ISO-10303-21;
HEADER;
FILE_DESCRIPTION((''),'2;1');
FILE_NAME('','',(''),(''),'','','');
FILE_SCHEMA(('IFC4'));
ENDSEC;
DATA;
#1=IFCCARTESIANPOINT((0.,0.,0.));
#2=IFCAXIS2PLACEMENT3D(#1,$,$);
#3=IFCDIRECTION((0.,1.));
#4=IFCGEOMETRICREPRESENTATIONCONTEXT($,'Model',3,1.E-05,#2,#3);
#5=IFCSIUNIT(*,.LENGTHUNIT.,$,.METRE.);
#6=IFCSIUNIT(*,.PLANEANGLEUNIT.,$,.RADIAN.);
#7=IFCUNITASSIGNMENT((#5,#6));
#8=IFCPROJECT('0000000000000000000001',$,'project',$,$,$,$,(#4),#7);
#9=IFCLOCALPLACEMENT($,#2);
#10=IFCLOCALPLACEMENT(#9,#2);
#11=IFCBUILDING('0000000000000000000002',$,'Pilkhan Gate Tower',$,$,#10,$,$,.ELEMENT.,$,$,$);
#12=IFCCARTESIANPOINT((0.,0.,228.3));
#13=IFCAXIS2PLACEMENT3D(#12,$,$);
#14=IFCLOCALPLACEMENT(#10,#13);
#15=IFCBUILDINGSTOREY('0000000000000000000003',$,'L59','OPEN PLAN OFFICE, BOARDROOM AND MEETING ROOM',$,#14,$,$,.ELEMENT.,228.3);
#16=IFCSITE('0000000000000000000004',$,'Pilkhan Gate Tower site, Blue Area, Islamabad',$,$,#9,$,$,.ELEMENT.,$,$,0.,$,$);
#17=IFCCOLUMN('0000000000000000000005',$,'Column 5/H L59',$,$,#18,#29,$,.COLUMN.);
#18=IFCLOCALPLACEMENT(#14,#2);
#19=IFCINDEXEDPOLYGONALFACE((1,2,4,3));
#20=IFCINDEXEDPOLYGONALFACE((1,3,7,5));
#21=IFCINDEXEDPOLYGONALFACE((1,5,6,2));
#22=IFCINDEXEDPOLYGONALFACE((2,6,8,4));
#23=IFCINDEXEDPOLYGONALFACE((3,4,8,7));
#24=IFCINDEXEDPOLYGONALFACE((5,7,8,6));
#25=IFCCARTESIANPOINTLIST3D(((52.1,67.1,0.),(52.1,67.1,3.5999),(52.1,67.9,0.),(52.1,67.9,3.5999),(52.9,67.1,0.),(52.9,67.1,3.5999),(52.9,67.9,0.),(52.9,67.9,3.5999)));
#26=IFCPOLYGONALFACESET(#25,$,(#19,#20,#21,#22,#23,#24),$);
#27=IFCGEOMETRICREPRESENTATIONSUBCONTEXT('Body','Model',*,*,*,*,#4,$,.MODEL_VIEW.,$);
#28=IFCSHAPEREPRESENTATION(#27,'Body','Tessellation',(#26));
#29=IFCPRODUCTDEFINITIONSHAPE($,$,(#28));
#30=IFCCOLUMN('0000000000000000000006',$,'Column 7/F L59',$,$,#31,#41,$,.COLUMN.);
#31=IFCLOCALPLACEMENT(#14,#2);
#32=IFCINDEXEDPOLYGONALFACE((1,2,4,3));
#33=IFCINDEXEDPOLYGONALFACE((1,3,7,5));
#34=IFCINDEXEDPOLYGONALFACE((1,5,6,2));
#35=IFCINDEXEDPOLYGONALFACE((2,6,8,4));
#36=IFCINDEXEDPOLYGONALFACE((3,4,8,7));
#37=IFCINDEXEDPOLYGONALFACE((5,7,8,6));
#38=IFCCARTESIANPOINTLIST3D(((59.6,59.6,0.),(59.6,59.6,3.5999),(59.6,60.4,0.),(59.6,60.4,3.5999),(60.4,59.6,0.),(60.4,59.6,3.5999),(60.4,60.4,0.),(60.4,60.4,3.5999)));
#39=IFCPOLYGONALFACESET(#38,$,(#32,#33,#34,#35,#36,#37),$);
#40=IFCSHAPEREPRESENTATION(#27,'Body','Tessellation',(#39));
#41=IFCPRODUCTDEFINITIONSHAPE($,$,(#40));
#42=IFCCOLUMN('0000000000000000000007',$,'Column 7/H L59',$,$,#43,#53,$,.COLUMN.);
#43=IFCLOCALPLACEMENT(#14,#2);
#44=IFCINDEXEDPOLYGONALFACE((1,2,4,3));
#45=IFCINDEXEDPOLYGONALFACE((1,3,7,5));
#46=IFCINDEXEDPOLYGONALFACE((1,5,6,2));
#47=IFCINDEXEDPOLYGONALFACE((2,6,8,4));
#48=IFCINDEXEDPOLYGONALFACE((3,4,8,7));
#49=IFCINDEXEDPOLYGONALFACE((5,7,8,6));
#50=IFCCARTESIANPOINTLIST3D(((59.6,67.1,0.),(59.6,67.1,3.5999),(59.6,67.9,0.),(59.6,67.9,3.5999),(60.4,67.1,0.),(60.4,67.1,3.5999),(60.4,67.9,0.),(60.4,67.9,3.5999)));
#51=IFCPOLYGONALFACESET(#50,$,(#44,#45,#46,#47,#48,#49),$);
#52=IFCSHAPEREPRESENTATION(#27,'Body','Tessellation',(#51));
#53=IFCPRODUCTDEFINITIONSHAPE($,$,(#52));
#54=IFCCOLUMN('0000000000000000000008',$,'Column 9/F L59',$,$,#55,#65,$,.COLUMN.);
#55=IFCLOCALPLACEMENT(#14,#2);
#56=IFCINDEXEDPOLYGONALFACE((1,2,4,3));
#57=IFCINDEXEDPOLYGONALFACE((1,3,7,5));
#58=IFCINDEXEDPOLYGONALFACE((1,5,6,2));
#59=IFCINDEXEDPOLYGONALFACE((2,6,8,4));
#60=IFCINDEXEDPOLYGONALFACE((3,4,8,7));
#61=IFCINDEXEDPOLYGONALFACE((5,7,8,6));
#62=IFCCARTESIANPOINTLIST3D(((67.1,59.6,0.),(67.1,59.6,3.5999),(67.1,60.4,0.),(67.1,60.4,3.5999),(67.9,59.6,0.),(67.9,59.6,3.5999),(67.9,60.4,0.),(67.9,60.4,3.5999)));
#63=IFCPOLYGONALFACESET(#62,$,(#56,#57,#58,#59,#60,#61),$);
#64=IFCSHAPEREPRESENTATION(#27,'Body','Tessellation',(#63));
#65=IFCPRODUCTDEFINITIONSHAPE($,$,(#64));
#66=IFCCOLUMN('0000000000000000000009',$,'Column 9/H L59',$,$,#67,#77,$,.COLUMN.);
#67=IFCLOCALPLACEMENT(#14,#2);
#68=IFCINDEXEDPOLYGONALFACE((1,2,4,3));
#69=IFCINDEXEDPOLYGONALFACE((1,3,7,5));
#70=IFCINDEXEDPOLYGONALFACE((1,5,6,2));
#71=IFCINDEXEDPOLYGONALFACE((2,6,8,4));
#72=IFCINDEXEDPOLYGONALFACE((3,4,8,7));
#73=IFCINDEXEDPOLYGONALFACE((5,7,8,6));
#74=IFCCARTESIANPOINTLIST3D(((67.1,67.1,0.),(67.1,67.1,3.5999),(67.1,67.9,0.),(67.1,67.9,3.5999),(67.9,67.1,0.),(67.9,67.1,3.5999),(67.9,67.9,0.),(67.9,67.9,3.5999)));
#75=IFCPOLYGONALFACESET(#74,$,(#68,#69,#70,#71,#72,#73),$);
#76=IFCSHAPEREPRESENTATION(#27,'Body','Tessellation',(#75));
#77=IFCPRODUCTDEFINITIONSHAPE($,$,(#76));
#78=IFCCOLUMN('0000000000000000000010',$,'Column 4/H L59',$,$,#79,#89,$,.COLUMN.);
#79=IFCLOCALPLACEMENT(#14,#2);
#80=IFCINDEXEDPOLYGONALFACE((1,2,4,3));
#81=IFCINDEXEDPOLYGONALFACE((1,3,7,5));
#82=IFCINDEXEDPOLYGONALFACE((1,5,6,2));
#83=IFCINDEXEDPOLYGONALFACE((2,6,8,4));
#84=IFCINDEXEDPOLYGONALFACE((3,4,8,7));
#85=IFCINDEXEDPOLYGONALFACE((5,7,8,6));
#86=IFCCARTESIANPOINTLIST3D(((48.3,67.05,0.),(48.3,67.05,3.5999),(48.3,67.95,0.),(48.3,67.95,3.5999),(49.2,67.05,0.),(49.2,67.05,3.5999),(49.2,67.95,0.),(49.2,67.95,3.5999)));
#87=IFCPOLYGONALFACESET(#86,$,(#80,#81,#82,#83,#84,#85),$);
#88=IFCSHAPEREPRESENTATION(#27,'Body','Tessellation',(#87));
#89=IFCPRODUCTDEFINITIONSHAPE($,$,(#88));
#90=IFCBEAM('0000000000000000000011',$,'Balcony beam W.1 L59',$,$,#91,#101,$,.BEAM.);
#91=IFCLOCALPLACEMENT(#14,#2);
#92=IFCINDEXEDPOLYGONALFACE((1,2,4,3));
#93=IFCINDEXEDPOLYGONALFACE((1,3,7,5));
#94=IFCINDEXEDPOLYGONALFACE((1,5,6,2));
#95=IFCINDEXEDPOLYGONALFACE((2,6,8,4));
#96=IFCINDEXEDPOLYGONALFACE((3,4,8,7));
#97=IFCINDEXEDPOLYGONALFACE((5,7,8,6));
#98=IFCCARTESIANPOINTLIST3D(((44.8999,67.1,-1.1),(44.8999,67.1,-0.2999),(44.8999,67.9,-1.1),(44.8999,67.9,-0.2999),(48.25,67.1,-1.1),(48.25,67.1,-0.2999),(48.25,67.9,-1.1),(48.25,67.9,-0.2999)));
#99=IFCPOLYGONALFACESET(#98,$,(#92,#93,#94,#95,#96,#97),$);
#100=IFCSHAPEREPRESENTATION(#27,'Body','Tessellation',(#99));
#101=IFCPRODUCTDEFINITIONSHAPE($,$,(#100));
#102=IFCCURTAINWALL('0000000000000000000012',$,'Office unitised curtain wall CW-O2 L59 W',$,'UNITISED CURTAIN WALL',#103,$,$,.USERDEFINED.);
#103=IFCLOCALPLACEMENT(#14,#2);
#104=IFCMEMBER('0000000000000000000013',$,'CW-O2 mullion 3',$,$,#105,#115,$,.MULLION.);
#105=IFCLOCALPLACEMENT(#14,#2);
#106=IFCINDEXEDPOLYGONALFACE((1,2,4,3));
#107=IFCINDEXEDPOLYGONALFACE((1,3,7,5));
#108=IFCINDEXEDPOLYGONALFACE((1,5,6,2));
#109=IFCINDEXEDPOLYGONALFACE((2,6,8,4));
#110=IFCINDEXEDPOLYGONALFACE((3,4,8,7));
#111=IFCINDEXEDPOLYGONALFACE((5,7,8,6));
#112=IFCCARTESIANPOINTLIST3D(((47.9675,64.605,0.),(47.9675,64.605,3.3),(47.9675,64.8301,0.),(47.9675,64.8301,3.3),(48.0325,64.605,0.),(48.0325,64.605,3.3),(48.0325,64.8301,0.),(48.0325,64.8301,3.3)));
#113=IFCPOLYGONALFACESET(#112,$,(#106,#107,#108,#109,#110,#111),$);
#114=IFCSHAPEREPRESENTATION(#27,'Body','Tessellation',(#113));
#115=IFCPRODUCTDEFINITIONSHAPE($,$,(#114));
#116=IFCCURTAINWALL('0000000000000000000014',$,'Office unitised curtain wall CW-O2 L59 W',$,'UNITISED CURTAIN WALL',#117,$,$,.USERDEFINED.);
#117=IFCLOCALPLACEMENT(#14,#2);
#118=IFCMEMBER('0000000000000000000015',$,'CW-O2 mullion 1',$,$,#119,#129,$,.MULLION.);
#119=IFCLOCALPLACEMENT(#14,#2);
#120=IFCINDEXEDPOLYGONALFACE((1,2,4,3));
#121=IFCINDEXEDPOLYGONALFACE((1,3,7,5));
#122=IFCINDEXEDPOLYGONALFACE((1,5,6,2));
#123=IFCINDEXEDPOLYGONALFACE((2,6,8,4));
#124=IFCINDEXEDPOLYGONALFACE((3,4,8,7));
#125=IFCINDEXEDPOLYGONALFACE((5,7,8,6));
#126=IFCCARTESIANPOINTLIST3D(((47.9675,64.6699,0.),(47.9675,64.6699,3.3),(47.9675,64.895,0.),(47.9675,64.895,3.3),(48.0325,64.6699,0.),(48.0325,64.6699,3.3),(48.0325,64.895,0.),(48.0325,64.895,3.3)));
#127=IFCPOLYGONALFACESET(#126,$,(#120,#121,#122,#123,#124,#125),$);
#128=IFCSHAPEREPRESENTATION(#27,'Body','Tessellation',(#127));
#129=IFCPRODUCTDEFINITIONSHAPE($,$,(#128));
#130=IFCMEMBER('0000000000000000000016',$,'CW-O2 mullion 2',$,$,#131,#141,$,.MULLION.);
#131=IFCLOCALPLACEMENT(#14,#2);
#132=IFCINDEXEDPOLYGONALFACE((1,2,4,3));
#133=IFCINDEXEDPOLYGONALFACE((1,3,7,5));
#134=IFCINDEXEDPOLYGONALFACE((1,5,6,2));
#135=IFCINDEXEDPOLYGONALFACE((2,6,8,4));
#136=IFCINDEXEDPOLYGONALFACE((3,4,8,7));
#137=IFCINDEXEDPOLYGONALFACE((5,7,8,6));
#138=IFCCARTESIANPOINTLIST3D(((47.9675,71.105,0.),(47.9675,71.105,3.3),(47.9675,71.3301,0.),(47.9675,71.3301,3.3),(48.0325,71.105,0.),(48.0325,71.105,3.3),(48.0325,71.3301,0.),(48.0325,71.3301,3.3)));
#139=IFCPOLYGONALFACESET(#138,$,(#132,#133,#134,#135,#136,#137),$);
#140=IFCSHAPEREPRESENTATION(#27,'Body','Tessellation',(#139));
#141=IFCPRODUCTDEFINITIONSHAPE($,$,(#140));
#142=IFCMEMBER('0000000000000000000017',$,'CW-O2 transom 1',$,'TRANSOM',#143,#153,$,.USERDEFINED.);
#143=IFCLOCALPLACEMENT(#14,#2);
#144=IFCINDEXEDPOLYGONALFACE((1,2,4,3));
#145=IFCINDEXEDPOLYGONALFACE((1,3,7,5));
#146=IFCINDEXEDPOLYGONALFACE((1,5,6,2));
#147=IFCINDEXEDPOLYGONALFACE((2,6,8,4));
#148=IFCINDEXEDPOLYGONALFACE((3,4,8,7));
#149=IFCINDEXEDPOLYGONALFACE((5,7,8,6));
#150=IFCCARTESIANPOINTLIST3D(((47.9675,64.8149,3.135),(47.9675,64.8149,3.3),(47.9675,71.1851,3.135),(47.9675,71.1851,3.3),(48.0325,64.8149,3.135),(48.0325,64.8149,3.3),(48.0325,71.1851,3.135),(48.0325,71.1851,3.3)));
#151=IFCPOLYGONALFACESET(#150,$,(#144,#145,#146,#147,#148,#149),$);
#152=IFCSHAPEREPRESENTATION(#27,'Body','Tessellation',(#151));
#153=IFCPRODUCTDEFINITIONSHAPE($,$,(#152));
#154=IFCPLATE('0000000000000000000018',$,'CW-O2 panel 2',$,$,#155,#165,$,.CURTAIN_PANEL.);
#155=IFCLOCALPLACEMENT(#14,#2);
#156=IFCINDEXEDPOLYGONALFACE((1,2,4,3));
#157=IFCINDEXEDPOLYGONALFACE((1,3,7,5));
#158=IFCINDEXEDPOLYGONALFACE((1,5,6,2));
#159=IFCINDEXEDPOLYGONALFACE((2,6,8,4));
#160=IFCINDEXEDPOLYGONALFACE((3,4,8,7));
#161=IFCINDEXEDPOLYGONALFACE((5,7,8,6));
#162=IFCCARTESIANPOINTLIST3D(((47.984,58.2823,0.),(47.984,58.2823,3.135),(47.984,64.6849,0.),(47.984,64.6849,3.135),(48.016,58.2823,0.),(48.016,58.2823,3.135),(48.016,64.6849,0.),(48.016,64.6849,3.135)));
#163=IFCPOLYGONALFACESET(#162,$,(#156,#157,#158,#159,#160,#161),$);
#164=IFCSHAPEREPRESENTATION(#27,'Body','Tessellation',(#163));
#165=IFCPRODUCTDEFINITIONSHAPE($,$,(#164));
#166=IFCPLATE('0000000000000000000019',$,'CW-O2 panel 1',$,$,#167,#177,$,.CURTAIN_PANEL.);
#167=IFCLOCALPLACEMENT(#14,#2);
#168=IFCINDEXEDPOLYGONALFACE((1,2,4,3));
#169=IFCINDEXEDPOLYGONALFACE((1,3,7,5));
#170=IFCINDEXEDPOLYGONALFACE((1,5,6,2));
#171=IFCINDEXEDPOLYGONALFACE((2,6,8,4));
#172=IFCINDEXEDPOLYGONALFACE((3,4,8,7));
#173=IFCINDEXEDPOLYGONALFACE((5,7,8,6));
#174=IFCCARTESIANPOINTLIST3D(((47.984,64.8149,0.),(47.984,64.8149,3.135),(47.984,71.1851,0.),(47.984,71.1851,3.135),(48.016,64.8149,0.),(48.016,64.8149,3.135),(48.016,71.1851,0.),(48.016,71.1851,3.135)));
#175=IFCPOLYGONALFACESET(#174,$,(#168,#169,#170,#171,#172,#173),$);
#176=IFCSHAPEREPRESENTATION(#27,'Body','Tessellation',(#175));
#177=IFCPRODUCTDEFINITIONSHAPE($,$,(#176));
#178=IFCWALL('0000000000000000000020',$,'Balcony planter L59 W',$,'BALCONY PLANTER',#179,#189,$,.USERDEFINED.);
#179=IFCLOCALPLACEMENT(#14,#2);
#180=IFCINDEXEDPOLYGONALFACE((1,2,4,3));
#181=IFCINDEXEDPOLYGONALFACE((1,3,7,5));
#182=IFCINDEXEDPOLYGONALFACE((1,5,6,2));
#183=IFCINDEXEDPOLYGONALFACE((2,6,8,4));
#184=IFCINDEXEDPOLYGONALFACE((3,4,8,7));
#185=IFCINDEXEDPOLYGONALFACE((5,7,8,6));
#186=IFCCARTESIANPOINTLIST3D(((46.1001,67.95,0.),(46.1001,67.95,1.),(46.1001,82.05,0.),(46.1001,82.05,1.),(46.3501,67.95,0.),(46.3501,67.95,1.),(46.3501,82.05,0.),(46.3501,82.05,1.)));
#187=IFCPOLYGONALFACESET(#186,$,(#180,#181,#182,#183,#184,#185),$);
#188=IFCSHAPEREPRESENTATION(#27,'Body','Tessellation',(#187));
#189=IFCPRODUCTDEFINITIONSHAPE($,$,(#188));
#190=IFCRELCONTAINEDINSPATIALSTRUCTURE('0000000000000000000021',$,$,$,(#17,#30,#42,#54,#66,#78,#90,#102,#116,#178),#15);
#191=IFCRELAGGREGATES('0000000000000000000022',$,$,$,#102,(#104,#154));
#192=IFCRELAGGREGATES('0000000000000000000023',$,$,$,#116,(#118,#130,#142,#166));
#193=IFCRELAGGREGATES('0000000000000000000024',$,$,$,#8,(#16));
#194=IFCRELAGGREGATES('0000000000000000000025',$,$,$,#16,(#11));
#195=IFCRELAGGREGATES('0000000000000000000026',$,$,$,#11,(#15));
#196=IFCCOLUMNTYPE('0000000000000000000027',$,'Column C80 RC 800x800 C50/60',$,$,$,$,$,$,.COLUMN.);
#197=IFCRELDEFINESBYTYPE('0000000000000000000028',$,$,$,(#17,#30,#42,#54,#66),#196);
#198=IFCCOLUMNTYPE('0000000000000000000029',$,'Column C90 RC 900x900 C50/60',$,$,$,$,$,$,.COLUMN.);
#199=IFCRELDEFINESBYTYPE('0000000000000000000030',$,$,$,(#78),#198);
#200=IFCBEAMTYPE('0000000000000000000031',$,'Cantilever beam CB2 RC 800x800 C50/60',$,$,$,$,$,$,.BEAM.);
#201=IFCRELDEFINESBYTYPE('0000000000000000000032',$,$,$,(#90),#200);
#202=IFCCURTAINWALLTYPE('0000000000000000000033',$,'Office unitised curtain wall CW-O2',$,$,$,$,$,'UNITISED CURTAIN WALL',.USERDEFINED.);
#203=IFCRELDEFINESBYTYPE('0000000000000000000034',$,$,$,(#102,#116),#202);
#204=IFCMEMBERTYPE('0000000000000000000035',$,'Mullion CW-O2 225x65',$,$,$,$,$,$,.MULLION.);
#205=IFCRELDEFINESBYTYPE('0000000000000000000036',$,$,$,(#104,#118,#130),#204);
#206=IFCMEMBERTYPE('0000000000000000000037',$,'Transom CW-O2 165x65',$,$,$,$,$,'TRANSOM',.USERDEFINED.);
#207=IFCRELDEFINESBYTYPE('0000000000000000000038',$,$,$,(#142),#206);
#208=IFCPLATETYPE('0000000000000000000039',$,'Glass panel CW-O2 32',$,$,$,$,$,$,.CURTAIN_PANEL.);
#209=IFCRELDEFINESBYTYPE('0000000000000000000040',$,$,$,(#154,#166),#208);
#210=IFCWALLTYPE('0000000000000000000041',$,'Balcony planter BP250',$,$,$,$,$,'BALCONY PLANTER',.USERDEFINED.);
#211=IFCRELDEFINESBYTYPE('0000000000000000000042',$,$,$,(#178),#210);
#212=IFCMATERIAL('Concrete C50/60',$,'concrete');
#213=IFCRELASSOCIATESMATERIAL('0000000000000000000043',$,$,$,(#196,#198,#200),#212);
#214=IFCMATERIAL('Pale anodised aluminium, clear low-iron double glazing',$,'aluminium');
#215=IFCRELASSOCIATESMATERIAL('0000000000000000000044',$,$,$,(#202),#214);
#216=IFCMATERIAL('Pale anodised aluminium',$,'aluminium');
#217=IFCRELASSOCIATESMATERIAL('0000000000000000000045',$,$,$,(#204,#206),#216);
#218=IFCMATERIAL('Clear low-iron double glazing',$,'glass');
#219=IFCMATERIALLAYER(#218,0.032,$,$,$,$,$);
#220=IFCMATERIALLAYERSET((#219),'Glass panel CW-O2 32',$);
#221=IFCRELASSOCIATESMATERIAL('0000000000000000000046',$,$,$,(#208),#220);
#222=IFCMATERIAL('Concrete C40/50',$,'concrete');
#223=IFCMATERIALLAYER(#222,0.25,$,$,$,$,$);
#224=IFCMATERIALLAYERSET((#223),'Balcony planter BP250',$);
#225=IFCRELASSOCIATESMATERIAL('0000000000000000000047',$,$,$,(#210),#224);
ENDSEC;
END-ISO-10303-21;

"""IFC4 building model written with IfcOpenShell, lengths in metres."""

from ifc_helpers import new_model, si_unit, direction, frame, frame_2d, origin, origin_2d, place, context, subcontext, project, spatial, rectangle, extrude, material, layer, layer_set, material_profile, profile_set, type_object, element, aggregate, save


model = new_model("IFC4")

# Units and contexts
model_context = context("Model", 3, precision=1e-05, world=origin(), true_north=direction((0.0, 1.0)))
body_context = subcontext(model_context, "Body", "Model", "MODEL_VIEW")
ifc_project = project(units=[si_unit("LENGTHUNIT", "METRE"), si_unit("PLANEANGLEUNIT", "RADIAN")], contexts=[model_context])

# Site, building, storey
site_placement = place(None, origin())
site = spatial("IfcSite", under=ifc_project, at=site_placement, Name="Pilkhan Gate Tower site, Blue Area, Islamabad", CompositionType="ELEMENT", RefElevation=0.0)
building_placement = place(site_placement, origin())
building = spatial("IfcBuilding", under=site, at=building_placement, Name="Pilkhan Gate Tower", CompositionType="ELEMENT")
storey_placement = place(building_placement, frame((0.0, 0.0, 228.3)))
storey = spatial("IfcBuildingStorey", under=building, at=storey_placement, Name="L59", Description="OPEN PLAN OFFICE, BOARDROOM AND MEETING ROOM", CompositionType="ELEMENT", Elevation=228.3)

# Columns
ifc_material_1 = material(Name="Concrete C50/60", Category="concrete")
ifc_material_profile_1 = material_profile(ifc_material_1, rectangle(XDim=0.8, YDim=0.8, at=origin_2d()), Name="RC 800x800")
ifc_profile_set_1 = profile_set([ifc_material_profile_1], Name="Concrete C50/60")
column_type_1 = type_object("IfcColumnType", Name="Column C80 RC 800x800 C50/60", PredefinedType="COLUMN", material=ifc_profile_set_1)
for number, where, z_axis, x_axis, name in (
    (1, (52.5, 67.5, 0.0), (0.0, 0.0, 1.0), (1.0, 0.0, 0.0), "Column 5/H L59"),
    (2, (60.0, 60.0, 0.0), (0.0, 0.0, 1.0), (1.0, 0.0, 0.0), "Column 7/F L59"),
    (3, (60.0, 67.5, 0.0), (0.0, 0.0, 1.0), (1.0, 0.0, 0.0), "Column 7/H L59"),
    (4, (67.5, 60.0, 0.0), (0.0, 0.0, 1.0), (1.0, 0.0, 0.0), "Column 9/F L59"),
    (5, (67.5, 67.5, 0.0), (0.0, 0.0, 1.0), (1.0, 0.0, 0.0), "Column 9/H L59"),
):
    element("IfcColumn", number, at=place(storey_placement, frame(where, z_axis=z_axis, x_axis=x_axis)), inside=storey, type_object=column_type_1, Name=name, PredefinedType="COLUMN", context=body_context, shape_type="SweptSolid", body=[
        extrude(rectangle(XDim=0.8, YDim=0.8, at=origin_2d()), origin(), (0.0, 0.0, 1.0), 3.5999),
    ])
ifc_material_profile_2 = material_profile(ifc_material_1, rectangle(XDim=0.8999, YDim=0.8999, at=origin_2d()), Name="RC 900x900")
ifc_profile_set_2 = profile_set([ifc_material_profile_2], Name="Concrete C50/60")
column_type_2 = type_object("IfcColumnType", Name="Column C90 RC 900x900 C50/60", PredefinedType="COLUMN", material=ifc_profile_set_2)
column_placement = place(storey_placement, frame((48.75, 67.5, 0.0), z_axis=(0.0, 0.0, 1.0), x_axis=(1.0, 0.0, 0.0)))
element("IfcColumn", 6, at=column_placement, inside=storey, type_object=column_type_2, Name="Column 4/H L59", PredefinedType="COLUMN", context=body_context, shape_type="SweptSolid", body=[
    extrude(rectangle(XDim=0.8999, YDim=0.8999, at=origin_2d()), origin(), (0.0, 0.0, 1.0), 3.5999),
])

# Beam
ifc_material_profile_3 = material_profile(ifc_material_1, rectangle(XDim=0.8, YDim=0.8, at=origin_2d()), Name="RC 800x800")
ifc_profile_set_3 = profile_set([ifc_material_profile_3], Name="Concrete C50/60")
beam_type = type_object("IfcBeamType", Name="Cantilever beam CB2 RC 800x800 C50/60", PredefinedType="BEAM", material=ifc_profile_set_3)
beam_placement = place(storey_placement, frame((48.25, 67.5, -0.7), z_axis=(-1.0, 0.0, 0.0), x_axis=(0.0, -1.0, 0.0)))
element("IfcBeam", 7, at=beam_placement, inside=storey, type_object=beam_type, Name="Balcony beam W.1 L59", PredefinedType="BEAM", context=body_context, shape_type="SweptSolid", body=[
    extrude(rectangle(XDim=0.8, YDim=0.8, at=origin_2d()), origin(), (0.0, 0.0, 1.0), 3.3501),
])

# Curtain wall, member
ifc_material_2 = material(Name="Pale anodised aluminium, clear low-iron double glazing", Category="aluminium")
curtain_wall_type = type_object("IfcCurtainWallType", Name="Office unitised curtain wall CW-O2", ElementType="UNITISED CURTAIN WALL", PredefinedType="USERDEFINED", material=ifc_material_2)
curtain_wall_1_placement = place(storey_placement, origin())
curtain_wall_1 = element("IfcCurtainWall", 8, at=curtain_wall_1_placement, inside=storey, type_object=curtain_wall_type, Name="Office unitised curtain wall CW-O2 L59 W", ObjectType="UNITISED CURTAIN WALL", PredefinedType="USERDEFINED")
ifc_material_3 = material(Name="Pale anodised aluminium", Category="aluminium")
ifc_material_profile_4 = material_profile(ifc_material_3, rectangle(XDim=0.0649, YDim=0.2251, at=origin_2d()), Name="Mullion 225x65")
ifc_profile_set_4 = profile_set([ifc_material_profile_4], Name="Pale anodised aluminium")
member_type_1 = type_object("IfcMemberType", Name="Mullion CW-O2 225x65", PredefinedType="MULLION", material=ifc_profile_set_4)
member_1_placement = place(storey_placement, frame((48.0, 64.7175, 0.0), z_axis=(0.0, 0.0, 1.0), x_axis=(-1.0, 0.0, 0.0)))
member_1 = element("IfcMember", 9, at=member_1_placement, type_object=member_type_1, Name="CW-O2 mullion 3", PredefinedType="MULLION", context=body_context, shape_type="SweptSolid", body=[
    extrude(rectangle(XDim=0.0649, YDim=0.2251, at=origin_2d()), origin(), (0.0, 0.0, 1.0), 3.3),
])

# Curtain wall, members
curtain_wall_2_placement = place(storey_placement, origin())
curtain_wall_2 = element("IfcCurtainWall", 10, at=curtain_wall_2_placement, inside=storey, type_object=curtain_wall_type, Name="Office unitised curtain wall CW-O2 L59 W", ObjectType="UNITISED CURTAIN WALL", PredefinedType="USERDEFINED")
member_2_placement = place(storey_placement, frame((48.0, 64.7825, 0.0), z_axis=(0.0, 0.0, 1.0), x_axis=(-1.0, 0.0, 0.0)))
member_2 = element("IfcMember", 11, at=member_2_placement, type_object=member_type_1, Name="CW-O2 mullion 1", PredefinedType="MULLION", context=body_context, shape_type="SweptSolid", body=[
    extrude(rectangle(XDim=0.0649, YDim=0.2251, at=origin_2d()), origin(), (0.0, 0.0, 1.0), 3.3),
])
member_3_placement = place(storey_placement, frame((48.0, 71.2175, 0.0), z_axis=(0.0, 0.0, 1.0), x_axis=(-1.0, 0.0, 0.0)))
member_3 = element("IfcMember", 12, at=member_3_placement, type_object=member_type_1, Name="CW-O2 mullion 2", PredefinedType="MULLION", context=body_context, shape_type="SweptSolid", body=[
    extrude(rectangle(XDim=0.0649, YDim=0.2251, at=origin_2d()), origin(), (0.0, 0.0, 1.0), 3.3),
])
ifc_material_profile_5 = material_profile(ifc_material_3, rectangle(XDim=0.0649, YDim=0.165, at=origin_2d()), Name="Transom 165x65")
ifc_profile_set_5 = profile_set([ifc_material_profile_5], Name="Pale anodised aluminium")
member_type_2 = type_object("IfcMemberType", Name="Transom CW-O2 165x65", ElementType="TRANSOM", PredefinedType="USERDEFINED", material=ifc_profile_set_5)
member_4_placement = place(storey_placement, frame((48.0, 64.8149, 3.2175), z_axis=(0.0, 1.0, 0.0), x_axis=(-1.0, 0.0, 0.0)))
member_4 = element("IfcMember", 13, at=member_4_placement, type_object=member_type_2, Name="CW-O2 transom 1", ObjectType="TRANSOM", PredefinedType="USERDEFINED", context=body_context, shape_type="SweptSolid", body=[
    extrude(rectangle(XDim=0.0649, YDim=0.165, at=origin_2d()), origin(), (0.0, 0.0, 1.0), 6.3701),
])

# Plates
ifc_material_4 = material(Name="Clear low-iron double glazing", Category="glass")
ifc_layer_1 = layer(ifc_material_4, 0.032)
ifc_layer_set_1 = layer_set([ifc_layer_1], Name="Glass panel CW-O2 32")
plate_type = type_object("IfcPlateType", Name="Glass panel CW-O2 32", PredefinedType="CURTAIN_PANEL", material=ifc_layer_set_1)
plate_1_placement = place(storey_placement, frame((48.0, 61.4836, 0.0), z_axis=(0.0, 0.0, 1.0), x_axis=(0.0, 1.0, 0.0)))
plate_1 = element("IfcPlate", 14, at=plate_1_placement, type_object=plate_type, Name="CW-O2 panel 2", PredefinedType="CURTAIN_PANEL", context=body_context, shape_type="SweptSolid", body=[
    extrude(rectangle(XDim=6.4026, YDim=0.032, at=origin_2d()), origin(), (0.0, 0.0, 1.0), 3.135),
])
aggregate(curtain_wall_1, [member_1, plate_1])
plate_2_placement = place(storey_placement, frame((48.0, 68.0, 0.0), z_axis=(0.0, 0.0, 1.0), x_axis=(0.0, 1.0, 0.0)))
plate_2 = element("IfcPlate", 15, at=plate_2_placement, type_object=plate_type, Name="CW-O2 panel 1", PredefinedType="CURTAIN_PANEL", context=body_context, shape_type="SweptSolid", body=[
    extrude(rectangle(XDim=6.3701, YDim=0.032, at=origin_2d()), origin(), (0.0, 0.0, 1.0), 3.135),
])
aggregate(curtain_wall_2, [member_2, member_3, member_4, plate_2])

# Wall
ifc_material_5 = material(Name="Concrete C40/50", Category="concrete")
ifc_layer_2 = layer(ifc_material_5, 0.25)
ifc_layer_set_2 = layer_set([ifc_layer_2], Name="Balcony planter BP250")
wall_type_1 = type_object("IfcWallType", Name="Balcony planter BP250", ElementType="BALCONY PLANTER", PredefinedType="USERDEFINED", material=ifc_layer_set_2)
wall_1_placement = place(storey_placement, frame((46.2251, 67.95, 0.0), z_axis=(0.0, 0.0, 1.0), x_axis=(0.0, 1.0, 0.0)))
element("IfcWall", 16, at=wall_1_placement, inside=storey, type_object=wall_type_1, Name="Balcony planter L59 W", ObjectType="BALCONY PLANTER", PredefinedType="USERDEFINED", context=body_context, shape_type="SweptSolid", body=[
    extrude(rectangle(XDim=14.1001, YDim=0.25, at=frame_2d((7.05, 0.0))), origin(), (0.0, 0.0, 1.0), 1.0),
])

save(model, "model.ifc")
